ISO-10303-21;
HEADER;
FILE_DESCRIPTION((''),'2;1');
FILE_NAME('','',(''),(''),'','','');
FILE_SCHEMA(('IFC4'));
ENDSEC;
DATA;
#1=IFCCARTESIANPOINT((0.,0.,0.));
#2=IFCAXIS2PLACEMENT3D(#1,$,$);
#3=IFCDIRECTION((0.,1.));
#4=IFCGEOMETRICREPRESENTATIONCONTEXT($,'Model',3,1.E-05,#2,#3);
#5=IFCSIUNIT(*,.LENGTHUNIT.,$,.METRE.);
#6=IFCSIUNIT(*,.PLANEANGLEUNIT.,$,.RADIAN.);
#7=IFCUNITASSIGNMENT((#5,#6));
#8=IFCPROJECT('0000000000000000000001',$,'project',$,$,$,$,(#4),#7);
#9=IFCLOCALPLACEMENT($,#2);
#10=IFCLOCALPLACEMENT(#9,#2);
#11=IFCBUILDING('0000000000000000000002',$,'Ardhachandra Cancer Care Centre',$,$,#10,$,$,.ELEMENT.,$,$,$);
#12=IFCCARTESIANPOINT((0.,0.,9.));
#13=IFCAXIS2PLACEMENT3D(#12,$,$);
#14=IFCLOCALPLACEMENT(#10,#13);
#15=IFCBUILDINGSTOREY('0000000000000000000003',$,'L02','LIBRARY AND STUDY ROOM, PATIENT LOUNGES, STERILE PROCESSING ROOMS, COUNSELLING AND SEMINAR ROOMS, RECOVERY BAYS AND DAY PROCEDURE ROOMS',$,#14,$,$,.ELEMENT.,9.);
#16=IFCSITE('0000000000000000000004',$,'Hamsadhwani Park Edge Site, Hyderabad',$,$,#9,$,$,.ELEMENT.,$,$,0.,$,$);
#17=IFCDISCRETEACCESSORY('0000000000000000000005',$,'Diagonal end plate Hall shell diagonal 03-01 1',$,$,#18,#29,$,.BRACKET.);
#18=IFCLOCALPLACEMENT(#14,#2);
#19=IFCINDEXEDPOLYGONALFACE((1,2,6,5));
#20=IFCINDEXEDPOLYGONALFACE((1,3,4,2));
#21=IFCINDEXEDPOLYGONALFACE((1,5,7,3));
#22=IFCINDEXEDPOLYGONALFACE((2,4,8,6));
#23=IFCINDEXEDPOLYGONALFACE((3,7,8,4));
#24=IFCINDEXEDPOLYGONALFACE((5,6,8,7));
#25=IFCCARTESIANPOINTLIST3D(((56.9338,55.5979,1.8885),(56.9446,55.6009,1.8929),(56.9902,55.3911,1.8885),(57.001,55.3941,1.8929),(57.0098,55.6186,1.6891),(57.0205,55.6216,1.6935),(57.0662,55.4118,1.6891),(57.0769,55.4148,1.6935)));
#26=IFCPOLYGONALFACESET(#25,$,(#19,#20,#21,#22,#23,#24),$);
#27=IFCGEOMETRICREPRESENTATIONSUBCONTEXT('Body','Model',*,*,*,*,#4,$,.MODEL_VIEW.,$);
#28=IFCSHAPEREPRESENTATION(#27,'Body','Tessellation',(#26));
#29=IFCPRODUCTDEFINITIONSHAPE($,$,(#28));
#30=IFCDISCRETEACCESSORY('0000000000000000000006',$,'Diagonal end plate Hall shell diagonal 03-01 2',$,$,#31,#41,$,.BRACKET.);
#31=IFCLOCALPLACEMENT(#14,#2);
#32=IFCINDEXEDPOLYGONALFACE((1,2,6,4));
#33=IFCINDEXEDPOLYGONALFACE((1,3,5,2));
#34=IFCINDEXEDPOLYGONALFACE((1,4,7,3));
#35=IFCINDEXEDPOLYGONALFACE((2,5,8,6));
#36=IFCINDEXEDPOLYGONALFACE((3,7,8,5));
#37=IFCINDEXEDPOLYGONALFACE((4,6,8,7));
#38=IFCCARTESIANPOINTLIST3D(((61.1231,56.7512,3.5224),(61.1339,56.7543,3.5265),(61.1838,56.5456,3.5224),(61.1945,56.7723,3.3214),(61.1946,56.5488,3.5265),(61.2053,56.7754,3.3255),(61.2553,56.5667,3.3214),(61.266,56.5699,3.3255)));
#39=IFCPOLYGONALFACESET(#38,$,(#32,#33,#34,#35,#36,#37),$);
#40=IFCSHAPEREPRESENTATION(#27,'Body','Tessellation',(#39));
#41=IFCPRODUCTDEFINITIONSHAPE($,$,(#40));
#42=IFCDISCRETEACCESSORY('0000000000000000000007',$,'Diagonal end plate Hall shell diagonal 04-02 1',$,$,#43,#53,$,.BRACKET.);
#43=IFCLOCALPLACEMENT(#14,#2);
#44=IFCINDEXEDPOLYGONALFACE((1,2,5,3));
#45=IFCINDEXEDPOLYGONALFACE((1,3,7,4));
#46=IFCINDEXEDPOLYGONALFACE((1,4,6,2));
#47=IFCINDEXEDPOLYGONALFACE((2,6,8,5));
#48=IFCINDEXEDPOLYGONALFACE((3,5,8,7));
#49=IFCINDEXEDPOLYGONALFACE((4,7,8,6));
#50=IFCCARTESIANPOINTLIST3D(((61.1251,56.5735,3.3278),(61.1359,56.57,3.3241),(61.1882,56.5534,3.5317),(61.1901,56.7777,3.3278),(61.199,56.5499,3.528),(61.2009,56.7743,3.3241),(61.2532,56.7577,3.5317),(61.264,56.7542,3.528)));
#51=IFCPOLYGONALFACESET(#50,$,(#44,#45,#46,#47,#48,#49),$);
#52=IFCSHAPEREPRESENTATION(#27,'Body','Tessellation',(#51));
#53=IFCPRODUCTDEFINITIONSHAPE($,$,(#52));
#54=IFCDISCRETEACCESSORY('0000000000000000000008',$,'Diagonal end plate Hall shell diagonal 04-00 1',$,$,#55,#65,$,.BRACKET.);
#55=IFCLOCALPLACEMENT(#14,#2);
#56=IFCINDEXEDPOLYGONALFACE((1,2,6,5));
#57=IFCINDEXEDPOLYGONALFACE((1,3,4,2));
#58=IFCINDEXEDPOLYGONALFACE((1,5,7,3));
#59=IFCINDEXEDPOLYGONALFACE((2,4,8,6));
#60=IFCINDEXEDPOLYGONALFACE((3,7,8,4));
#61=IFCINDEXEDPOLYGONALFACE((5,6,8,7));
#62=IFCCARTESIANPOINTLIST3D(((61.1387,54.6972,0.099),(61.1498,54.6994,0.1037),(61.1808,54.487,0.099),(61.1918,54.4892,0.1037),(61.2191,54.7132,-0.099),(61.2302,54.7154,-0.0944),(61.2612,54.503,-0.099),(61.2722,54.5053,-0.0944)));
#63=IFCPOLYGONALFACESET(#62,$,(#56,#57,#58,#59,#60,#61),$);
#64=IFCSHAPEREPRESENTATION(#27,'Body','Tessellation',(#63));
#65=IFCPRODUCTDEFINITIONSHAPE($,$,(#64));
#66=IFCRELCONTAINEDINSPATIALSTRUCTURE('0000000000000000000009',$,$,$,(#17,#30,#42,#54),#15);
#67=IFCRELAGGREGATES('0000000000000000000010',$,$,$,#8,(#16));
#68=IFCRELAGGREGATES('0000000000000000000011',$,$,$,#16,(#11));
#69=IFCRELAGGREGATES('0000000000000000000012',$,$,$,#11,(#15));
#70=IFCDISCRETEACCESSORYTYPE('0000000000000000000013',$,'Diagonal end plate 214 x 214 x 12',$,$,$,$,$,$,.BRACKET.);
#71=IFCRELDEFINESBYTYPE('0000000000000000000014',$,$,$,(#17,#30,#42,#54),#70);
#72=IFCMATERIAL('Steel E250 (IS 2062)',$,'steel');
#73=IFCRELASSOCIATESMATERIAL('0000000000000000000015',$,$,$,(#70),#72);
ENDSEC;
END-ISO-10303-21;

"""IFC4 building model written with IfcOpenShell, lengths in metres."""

from ifc_helpers import new_model, si_unit, direction, frame, origin, origin_2d, place, context, subcontext, project, spatial, rectangle, extrude, material, material_profile, profile_set, type_object, element, save


model = new_model("IFC4")

# Units and contexts
model_context = context("Model", 3, precision=1e-05, world=origin(), true_north=direction((0.0, 1.0)))
body_context = subcontext(model_context, "Body", "Model", "MODEL_VIEW")
ifc_project = project(units=[si_unit("LENGTHUNIT", "METRE"), si_unit("PLANEANGLEUNIT", "RADIAN")], contexts=[model_context])

# Site, building, storey
site_placement = place(None, origin())
site = spatial("IfcSite", under=ifc_project, at=site_placement, Name="Hamsadhwani Park Edge Site, Hyderabad", CompositionType="ELEMENT", RefElevation=0.0)
building_placement = place(site_placement, origin())
building = spatial("IfcBuilding", under=site, at=building_placement, Name="Ardhachandra Cancer Care Centre", CompositionType="ELEMENT")
storey_placement = place(building_placement, frame((0.0, 0.0, 9.0)))
storey = spatial("IfcBuildingStorey", under=building, at=storey_placement, Name="L02", Description="LIBRARY AND STUDY ROOM, PATIENT LOUNGES, STERILE PROCESSING ROOMS, COUNSELLING AND SEMINAR ROOMS, RECOVERY BAYS AND DAY PROCEDURE ROOMS", CompositionType="ELEMENT", Elevation=9.0)

# Discrete accessories
ifc_material_1 = material(Name="Steel E250 (IS 2062)", Category="steel")
ifc_material_profile_1 = material_profile(ifc_material_1, rectangle(XDim=0.2144, YDim=0.2144, at=origin_2d()), Name="PL 214x214x12")
ifc_profile_set_1 = profile_set([ifc_material_profile_1], Name="Steel E250 (IS 2062)")
discrete_accessory_type = type_object("IfcDiscreteAccessoryType", Name="Diagonal end plate 214 x 214 x 12", PredefinedType="BRACKET", material=ifc_profile_set_1)
for number, where, z_axis, x_axis, name in (
    (1, (57.0, 55.5049, 1.7888), (0.897399, 0.244745, 0.367118), (-0.263117, 0.964764, 0.0), "Diagonal end plate Hall shell diagonal 03-01 1"),
    (2, (61.2, 56.6621, 3.426), (-0.899271, -0.265694, -0.347446), (0.283346, -0.959018, 0.0), "Diagonal end plate Hall shell diagonal 03-01 2"),
    (3, (61.2, 56.6621, 3.426), (-0.906302, 0.288369, 0.308967), (-0.303204, -0.952926, 0.0), "Diagonal end plate Hall shell diagonal 04-02 1"),
):
    element("IfcDiscreteAccessory", number, at=place(storey_placement, frame(where, z_axis=z_axis, x_axis=x_axis)), inside=storey, type_object=discrete_accessory_type, Name=name, PredefinedType="BRACKET", context=body_context, shape_type="SweptSolid", body=[
        extrude(rectangle(XDim=0.2144, YDim=0.2144, at=origin_2d()), origin(), (0.0, 0.0, 1.0), 0.012),
    ])
discrete_accessory_placement = place(storey_placement, frame((61.2, 54.6001, 0.0), z_axis=(0.905999, 0.1812, 0.382533), x_axis=(-0.196116, 0.980581, 0.0)))
element("IfcDiscreteAccessory", 4, at=discrete_accessory_placement, inside=storey, type_object=discrete_accessory_type, Name="Diagonal end plate Hall shell diagonal 04-00 1", PredefinedType="BRACKET", context=body_context, shape_type="SweptSolid", body=[
    extrude(rectangle(XDim=0.2144, YDim=0.2144, at=origin_2d()), origin(), (0.0, 0.0, 1.0), 0.0122),
])

save(model, "model.ifc")
